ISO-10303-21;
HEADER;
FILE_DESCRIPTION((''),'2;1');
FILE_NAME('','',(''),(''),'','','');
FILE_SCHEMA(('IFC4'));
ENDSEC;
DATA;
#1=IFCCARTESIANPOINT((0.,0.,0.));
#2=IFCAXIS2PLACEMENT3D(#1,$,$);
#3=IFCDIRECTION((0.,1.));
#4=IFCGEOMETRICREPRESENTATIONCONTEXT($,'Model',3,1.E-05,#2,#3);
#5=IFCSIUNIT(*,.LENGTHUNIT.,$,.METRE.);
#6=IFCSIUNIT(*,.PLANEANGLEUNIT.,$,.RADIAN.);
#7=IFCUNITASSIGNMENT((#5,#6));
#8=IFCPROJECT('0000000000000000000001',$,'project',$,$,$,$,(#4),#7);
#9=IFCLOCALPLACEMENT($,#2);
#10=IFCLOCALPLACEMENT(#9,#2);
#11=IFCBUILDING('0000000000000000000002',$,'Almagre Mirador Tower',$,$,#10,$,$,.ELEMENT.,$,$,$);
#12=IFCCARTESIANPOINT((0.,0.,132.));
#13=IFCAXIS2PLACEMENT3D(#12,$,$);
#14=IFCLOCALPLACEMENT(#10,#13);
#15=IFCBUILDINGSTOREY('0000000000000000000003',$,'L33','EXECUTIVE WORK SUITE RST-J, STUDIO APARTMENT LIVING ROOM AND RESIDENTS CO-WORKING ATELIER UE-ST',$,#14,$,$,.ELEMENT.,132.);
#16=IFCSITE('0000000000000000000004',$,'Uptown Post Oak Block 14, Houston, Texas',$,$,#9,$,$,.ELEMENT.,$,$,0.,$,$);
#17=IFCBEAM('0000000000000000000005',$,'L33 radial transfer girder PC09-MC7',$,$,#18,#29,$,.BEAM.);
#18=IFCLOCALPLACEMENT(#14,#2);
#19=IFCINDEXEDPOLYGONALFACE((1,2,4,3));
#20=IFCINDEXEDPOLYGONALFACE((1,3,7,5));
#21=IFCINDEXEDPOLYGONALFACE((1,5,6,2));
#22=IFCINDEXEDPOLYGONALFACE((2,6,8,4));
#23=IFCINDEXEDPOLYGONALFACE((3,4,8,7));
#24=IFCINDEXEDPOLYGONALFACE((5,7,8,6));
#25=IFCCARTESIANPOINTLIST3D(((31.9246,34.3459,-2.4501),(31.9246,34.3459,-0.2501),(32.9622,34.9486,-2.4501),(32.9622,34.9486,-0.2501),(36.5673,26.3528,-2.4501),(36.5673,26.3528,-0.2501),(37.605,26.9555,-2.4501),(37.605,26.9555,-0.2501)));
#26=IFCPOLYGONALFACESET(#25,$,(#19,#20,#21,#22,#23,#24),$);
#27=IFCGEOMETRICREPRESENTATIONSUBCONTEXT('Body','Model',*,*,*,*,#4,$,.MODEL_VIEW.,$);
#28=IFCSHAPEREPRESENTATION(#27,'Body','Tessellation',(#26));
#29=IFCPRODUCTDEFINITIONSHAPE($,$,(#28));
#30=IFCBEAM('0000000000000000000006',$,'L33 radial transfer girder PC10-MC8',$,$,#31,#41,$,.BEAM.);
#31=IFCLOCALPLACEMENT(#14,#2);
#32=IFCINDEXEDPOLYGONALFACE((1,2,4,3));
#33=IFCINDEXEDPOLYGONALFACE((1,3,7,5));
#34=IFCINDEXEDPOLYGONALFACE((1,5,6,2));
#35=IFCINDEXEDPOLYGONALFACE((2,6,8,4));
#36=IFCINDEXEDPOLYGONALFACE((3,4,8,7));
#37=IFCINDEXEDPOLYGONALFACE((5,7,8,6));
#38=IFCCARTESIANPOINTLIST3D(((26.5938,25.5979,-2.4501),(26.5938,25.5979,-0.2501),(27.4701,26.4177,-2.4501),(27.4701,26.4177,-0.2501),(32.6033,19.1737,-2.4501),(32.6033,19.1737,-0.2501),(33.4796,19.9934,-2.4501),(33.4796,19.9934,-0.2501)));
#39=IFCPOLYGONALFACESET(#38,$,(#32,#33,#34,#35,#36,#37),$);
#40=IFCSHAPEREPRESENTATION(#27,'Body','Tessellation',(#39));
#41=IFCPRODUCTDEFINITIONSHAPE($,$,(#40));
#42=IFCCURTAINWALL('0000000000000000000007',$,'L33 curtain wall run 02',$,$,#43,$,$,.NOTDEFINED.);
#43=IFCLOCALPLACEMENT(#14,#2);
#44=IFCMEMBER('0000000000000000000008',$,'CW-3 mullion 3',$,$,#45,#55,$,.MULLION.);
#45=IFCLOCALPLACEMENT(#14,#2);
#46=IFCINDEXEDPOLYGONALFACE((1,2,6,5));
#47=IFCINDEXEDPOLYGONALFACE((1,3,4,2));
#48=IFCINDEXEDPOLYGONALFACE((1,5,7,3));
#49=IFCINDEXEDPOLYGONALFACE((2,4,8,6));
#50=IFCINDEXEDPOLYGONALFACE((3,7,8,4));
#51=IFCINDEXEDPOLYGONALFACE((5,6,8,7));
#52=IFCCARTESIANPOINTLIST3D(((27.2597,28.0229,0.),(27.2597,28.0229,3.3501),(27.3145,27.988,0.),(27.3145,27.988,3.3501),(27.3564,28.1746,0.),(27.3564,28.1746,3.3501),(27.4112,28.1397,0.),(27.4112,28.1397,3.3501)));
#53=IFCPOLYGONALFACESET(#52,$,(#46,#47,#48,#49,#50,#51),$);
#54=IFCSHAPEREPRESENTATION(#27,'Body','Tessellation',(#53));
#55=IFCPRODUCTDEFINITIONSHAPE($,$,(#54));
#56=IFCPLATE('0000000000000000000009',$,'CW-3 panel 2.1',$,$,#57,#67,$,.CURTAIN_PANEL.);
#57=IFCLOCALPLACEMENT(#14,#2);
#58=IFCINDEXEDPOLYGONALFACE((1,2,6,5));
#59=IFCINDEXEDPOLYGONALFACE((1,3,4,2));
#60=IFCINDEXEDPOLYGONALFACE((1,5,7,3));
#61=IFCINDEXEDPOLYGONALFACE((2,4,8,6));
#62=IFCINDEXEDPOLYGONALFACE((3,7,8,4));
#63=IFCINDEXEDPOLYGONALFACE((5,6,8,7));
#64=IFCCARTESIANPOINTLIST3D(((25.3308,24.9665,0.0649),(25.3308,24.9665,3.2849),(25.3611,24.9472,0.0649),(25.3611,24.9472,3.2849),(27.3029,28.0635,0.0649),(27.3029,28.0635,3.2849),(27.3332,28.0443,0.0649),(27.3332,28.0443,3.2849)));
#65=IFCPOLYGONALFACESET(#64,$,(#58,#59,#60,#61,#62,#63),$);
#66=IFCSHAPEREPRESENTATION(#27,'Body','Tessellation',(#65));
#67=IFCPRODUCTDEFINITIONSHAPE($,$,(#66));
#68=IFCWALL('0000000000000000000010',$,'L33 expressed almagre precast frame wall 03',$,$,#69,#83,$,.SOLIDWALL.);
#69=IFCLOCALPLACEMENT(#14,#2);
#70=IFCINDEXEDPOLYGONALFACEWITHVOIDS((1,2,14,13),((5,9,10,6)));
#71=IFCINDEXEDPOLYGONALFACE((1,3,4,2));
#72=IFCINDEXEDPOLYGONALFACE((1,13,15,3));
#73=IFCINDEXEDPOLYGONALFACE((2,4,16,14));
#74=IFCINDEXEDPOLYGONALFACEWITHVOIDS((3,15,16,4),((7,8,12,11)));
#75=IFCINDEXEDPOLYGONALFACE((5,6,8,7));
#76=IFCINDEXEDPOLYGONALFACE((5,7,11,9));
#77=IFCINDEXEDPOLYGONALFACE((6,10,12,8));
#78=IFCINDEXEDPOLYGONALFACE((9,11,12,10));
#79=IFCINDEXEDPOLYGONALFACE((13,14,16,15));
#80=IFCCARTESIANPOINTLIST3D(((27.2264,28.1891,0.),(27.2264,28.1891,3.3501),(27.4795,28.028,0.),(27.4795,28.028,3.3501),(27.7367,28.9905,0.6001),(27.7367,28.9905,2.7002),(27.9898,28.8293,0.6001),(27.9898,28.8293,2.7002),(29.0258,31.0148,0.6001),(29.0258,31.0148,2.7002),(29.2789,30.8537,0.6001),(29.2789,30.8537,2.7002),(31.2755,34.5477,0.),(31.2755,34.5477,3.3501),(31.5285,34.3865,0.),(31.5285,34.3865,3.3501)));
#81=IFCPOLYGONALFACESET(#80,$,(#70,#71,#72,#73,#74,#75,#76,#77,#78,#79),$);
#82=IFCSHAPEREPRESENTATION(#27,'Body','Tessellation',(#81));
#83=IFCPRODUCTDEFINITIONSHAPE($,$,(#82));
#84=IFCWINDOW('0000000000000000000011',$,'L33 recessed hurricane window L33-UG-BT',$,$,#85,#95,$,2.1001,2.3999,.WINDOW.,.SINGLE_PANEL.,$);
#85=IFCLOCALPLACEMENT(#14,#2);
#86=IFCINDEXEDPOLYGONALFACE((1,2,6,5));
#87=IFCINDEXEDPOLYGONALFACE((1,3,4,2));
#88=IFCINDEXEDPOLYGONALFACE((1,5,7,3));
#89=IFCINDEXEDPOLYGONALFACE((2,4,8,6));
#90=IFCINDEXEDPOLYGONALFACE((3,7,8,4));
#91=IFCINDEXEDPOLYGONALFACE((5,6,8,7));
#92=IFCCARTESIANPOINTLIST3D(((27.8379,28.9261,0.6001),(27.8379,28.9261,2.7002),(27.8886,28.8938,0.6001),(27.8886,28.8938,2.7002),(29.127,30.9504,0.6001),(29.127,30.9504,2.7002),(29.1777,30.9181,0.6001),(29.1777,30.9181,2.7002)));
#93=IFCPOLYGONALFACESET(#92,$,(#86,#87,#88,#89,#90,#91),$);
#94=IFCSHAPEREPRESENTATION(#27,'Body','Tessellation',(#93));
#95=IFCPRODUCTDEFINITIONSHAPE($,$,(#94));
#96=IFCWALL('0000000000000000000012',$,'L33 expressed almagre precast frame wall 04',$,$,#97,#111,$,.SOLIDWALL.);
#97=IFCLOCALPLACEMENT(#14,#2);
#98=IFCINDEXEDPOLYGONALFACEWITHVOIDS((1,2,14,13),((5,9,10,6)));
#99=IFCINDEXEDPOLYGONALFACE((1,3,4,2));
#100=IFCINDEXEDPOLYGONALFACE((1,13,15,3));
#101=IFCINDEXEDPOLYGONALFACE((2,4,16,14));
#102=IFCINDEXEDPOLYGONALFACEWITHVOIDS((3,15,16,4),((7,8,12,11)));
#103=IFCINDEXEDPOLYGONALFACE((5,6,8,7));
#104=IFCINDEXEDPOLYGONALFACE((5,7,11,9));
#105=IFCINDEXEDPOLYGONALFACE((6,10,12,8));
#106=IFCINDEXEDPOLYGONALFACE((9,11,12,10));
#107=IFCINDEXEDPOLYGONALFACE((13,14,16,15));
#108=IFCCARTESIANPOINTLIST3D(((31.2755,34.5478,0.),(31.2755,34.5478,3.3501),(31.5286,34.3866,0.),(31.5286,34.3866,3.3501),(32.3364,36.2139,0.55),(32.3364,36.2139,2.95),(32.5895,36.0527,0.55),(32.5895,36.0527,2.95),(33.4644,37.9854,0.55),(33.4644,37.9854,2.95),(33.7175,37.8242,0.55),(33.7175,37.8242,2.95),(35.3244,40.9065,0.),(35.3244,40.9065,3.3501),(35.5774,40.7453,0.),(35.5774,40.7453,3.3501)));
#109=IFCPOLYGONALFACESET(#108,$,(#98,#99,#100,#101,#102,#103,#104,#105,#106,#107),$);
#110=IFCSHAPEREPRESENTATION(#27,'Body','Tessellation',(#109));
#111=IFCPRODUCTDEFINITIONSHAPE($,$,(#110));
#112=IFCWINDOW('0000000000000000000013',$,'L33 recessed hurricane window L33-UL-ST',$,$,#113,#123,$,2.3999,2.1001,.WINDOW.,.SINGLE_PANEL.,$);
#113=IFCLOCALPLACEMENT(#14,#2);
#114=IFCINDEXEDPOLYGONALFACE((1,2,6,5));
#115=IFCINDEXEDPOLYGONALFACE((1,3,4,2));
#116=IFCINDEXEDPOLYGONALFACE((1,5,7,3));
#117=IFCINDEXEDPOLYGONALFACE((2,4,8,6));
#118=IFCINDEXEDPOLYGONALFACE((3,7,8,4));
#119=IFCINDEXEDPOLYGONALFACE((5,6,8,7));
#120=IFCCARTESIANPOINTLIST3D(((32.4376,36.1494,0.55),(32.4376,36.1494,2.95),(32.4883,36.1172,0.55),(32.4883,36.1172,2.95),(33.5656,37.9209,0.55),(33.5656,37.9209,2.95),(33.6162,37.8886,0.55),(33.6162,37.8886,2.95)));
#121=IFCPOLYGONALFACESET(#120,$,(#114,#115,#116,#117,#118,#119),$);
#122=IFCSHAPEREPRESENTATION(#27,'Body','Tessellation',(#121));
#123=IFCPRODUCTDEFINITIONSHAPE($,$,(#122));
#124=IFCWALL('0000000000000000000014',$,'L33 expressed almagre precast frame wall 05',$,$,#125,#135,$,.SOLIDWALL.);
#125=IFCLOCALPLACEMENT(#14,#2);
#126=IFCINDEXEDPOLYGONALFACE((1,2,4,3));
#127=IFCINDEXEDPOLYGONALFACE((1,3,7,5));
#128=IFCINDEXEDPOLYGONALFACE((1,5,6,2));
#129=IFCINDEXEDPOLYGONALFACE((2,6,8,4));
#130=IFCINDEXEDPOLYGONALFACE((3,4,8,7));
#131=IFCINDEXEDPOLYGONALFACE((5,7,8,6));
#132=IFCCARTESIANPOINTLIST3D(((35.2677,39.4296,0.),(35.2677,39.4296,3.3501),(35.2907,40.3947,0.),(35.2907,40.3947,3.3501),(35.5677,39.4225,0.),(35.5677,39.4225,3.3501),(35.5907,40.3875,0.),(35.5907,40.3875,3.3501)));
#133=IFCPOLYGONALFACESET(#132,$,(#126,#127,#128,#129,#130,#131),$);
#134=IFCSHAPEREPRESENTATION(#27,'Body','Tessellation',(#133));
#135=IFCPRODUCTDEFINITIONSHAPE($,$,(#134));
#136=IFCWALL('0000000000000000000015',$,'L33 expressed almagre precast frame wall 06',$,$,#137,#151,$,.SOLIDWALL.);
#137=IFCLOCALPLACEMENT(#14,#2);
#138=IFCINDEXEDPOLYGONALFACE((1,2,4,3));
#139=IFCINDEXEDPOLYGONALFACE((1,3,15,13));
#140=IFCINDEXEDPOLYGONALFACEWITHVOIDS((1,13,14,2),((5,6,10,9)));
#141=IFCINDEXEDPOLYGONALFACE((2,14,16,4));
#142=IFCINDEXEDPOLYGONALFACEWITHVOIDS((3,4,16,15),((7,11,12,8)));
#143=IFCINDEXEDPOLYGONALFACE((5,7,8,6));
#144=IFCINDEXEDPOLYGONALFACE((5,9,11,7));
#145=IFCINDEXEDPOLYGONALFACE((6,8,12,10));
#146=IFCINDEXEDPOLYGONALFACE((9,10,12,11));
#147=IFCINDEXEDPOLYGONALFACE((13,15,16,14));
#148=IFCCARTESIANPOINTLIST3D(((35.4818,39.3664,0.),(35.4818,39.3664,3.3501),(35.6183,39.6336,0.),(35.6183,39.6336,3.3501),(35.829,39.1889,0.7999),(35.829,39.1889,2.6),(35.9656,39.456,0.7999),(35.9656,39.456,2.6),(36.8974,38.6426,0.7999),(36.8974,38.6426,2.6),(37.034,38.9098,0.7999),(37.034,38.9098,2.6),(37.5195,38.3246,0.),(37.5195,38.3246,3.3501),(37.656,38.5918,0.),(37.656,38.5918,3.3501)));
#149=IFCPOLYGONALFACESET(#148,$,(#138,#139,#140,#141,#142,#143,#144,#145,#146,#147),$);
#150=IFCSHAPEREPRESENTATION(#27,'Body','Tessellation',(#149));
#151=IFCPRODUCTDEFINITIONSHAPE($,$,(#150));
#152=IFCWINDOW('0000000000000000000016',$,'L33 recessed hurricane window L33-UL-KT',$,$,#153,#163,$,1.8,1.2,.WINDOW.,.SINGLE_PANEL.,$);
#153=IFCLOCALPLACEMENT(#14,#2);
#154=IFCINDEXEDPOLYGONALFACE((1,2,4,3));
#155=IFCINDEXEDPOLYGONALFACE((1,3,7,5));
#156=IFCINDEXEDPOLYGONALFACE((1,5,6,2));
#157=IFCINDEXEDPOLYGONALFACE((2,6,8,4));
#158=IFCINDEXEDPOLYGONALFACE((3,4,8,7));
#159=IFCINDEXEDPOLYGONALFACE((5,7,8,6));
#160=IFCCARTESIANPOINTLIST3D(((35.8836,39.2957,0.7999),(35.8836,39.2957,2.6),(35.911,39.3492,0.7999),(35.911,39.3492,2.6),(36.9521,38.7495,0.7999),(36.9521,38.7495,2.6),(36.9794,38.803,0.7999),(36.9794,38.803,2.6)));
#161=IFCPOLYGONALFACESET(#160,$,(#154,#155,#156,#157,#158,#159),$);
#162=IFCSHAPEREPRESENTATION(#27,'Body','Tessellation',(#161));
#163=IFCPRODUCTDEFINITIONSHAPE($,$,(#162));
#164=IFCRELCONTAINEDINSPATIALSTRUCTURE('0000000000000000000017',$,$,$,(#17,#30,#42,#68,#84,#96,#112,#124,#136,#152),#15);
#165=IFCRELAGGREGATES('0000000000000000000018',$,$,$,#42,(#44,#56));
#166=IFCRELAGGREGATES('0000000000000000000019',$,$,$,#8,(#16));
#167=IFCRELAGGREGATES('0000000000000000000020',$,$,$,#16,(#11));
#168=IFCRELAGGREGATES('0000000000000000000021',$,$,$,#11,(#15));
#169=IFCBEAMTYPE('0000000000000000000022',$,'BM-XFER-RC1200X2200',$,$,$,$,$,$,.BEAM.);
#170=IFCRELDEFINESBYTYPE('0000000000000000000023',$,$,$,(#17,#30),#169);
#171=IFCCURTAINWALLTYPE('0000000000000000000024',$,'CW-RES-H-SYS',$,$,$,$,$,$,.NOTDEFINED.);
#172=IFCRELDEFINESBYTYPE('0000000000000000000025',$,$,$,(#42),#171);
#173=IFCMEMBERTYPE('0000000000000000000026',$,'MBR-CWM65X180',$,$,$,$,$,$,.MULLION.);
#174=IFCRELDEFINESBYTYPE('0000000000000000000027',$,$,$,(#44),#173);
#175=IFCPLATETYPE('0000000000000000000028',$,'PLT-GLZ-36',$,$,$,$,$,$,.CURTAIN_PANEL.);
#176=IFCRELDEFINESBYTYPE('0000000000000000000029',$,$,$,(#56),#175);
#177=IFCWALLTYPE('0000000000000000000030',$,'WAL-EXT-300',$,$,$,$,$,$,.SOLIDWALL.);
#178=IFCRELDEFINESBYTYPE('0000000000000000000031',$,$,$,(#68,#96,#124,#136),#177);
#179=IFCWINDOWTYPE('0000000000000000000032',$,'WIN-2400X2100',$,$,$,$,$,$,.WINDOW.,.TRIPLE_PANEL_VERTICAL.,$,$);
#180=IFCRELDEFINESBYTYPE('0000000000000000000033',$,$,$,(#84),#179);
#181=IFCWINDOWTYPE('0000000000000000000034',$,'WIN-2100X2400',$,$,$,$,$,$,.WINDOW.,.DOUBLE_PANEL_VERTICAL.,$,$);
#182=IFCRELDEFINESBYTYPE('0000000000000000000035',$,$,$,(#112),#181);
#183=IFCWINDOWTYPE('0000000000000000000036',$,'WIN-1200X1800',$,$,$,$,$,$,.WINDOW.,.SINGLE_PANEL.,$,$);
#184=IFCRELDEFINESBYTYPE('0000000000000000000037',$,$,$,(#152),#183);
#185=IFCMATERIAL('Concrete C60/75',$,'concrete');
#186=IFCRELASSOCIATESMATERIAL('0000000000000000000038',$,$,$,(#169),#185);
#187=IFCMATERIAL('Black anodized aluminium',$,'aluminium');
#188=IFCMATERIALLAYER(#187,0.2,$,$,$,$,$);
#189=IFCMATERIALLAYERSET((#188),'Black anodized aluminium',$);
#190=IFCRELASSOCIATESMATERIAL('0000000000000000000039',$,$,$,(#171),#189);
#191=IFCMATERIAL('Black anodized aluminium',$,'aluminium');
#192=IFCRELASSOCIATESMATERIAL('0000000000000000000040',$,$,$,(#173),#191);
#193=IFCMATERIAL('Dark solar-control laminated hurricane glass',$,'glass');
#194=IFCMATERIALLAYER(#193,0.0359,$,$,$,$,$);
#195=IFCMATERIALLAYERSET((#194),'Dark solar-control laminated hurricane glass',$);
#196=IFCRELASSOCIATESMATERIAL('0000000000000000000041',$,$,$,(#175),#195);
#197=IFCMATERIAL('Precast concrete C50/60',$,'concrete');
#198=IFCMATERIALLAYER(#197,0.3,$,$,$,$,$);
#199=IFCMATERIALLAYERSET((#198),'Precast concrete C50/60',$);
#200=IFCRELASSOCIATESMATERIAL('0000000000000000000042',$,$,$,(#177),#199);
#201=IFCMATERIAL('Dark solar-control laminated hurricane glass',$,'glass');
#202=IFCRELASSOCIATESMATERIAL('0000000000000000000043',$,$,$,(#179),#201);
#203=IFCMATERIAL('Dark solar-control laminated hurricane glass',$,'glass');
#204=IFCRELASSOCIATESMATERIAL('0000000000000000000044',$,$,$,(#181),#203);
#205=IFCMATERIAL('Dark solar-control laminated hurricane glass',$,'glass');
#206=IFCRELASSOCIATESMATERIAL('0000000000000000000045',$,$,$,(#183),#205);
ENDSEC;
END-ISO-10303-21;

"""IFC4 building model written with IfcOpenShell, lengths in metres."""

from ifc_helpers import new_model, si_unit, direction, frame, frame_2d, origin, origin_2d, place, context, subcontext, project, spatial, rectangle, extrude, material, layer, layer_set, material_profile, profile_set, type_object, element, fill, aggregate, save


model = new_model("IFC4")

# Units and contexts
model_context = context("Model", 3, precision=1e-05, world=origin(), true_north=direction((0.0, 1.0)))
body_context = subcontext(model_context, "Body", "Model", "MODEL_VIEW")
ifc_project = project(units=[si_unit("LENGTHUNIT", "METRE"), si_unit("PLANEANGLEUNIT", "RADIAN")], contexts=[model_context])

# Site, building, storey
site_placement = place(None, origin())
site = spatial("IfcSite", under=ifc_project, at=site_placement, Name="Uptown Post Oak Block 14, Houston, Texas", CompositionType="ELEMENT", RefElevation=0.0)
building_placement = place(site_placement, origin())
building = spatial("IfcBuilding", under=site, at=building_placement, Name="Almagre Mirador Tower", CompositionType="ELEMENT")
storey_placement = place(building_placement, frame((0.0, 0.0, 132.0)))
storey = spatial("IfcBuildingStorey", under=building, at=storey_placement, Name="L33", Description="EXECUTIVE WORK SUITE RST-J, STUDIO APARTMENT LIVING ROOM AND RESIDENTS CO-WORKING ATELIER UE-ST", CompositionType="ELEMENT", Elevation=132.0)

# Beams
ifc_material_1 = material(Name="Concrete C60/75", Category="concrete")
ifc_material_profile_1 = material_profile(ifc_material_1, rectangle(XDim=1.2, YDim=2.2, at=origin_2d()), Name="RC1200X2200")
ifc_profile_set_1 = profile_set([ifc_material_profile_1], Name="Concrete C60/75")
beam_type_1 = type_object("IfcBeamType", Name="BM-XFER-RC1200X2200", PredefinedType="BEAM", material=ifc_profile_set_1)
beam_1_placement = place(storey_placement, frame((32.4434, 34.6472, -1.3501), z_axis=(0.502267, -0.864712, 0.0), x_axis=(0.864712, 0.502267, 0.0)))
element("IfcBeam", 1, at=beam_1_placement, inside=storey, type_object=beam_type_1, Name="L33 radial transfer girder PC09-MC7", PredefinedType="BEAM", context=body_context, shape_type="SweptSolid", body=[
    extrude(rectangle(XDim=1.2, YDim=2.2, at=origin_2d()), origin(), (0.0, 0.0, 1.0), 9.2437),
])
beam_2_placement = place(storey_placement, frame((27.032, 26.0078, -1.3501), z_axis=(0.683138, -0.73029, 0.0), x_axis=(0.73029, 0.683138, 0.0)))
element("IfcBeam", 2, at=beam_2_placement, inside=storey, type_object=beam_type_1, Name="L33 radial transfer girder PC10-MC8", PredefinedType="BEAM", context=body_context, shape_type="SweptSolid", body=[
    extrude(rectangle(XDim=1.2, YDim=2.2, at=origin_2d()), origin(), (0.0, 0.0, 1.0), 8.7969),
])

# Curtain wall, member, plate
ifc_material_2 = material(Name="Black anodized aluminium", Category="aluminium")
ifc_layer_1 = layer(ifc_material_2, 0.2)
ifc_layer_set_1 = layer_set([ifc_layer_1], Name="Black anodized aluminium")
curtain_wall_type = type_object("IfcCurtainWallType", Name="CW-RES-H-SYS", PredefinedType="NOTDEFINED", material=ifc_layer_set_1)
curtain_wall_placement = place(storey_placement, origin())
curtain_wall = element("IfcCurtainWall", 3, at=curtain_wall_placement, inside=storey, type_object=curtain_wall_type, Name="L33 curtain wall run 02", PredefinedType="NOTDEFINED")
ifc_material_3 = material(Name="Black anodized aluminium", Category="aluminium")
ifc_material_profile_2 = material_profile(ifc_material_3, rectangle(XDim=0.0649, YDim=0.1799, at=origin_2d()), Name="CWM65X180")
ifc_profile_set_2 = profile_set([ifc_material_profile_2], Name="Black anodized aluminium")
member_type = type_object("IfcMemberType", Name="MBR-CWM65X180", PredefinedType="MULLION", material=ifc_profile_set_2)
member_placement = place(storey_placement, frame((27.3354, 28.0813, 0.0), z_axis=(0.0, 0.0, 1.0), x_axis=(-0.843508, 0.537117, 0.0)))
member = element("IfcMember", 4, at=member_placement, type_object=member_type, Name="CW-3 mullion 3", PredefinedType="MULLION", context=body_context, shape_type="SweptSolid", body=[
    extrude(rectangle(XDim=0.0649, YDim=0.1799, at=origin_2d()), origin(), (0.0, 0.0, 1.0), 3.3501),
])
ifc_material_4 = material(Name="Dark solar-control laminated hurricane glass", Category="glass")
ifc_layer_2 = layer(ifc_material_4, 0.0359)
ifc_layer_set_2 = layer_set([ifc_layer_2], Name="Dark solar-control laminated hurricane glass")
plate_type = type_object("IfcPlateType", Name="PLT-GLZ-36", PredefinedType="CURTAIN_PANEL", material=ifc_layer_set_2)
plate_placement = place(storey_placement, frame((26.332, 26.5054, 0.0649), z_axis=(0.0, 0.0, 1.0), x_axis=(0.537117, 0.843508, 0.0)))
plate = element("IfcPlate", 5, at=plate_placement, type_object=plate_type, Name="CW-3 panel 2.1", PredefinedType="CURTAIN_PANEL", context=body_context, shape_type="SweptSolid", body=[
    extrude(rectangle(XDim=3.6716, YDim=0.0359, at=origin_2d()), origin(), (0.0, 0.0, 1.0), 3.22),
])
aggregate(curtain_wall, [member, plate])

# Walls, openings, windows
ifc_material_5 = material(Name="Precast concrete C50/60", Category="concrete")
ifc_layer_3 = layer(ifc_material_5, 0.3)
ifc_layer_set_3 = layer_set([ifc_layer_3], Name="Precast concrete C50/60")
wall_type_1 = type_object("IfcWallType", Name="WAL-EXT-300", PredefinedType="SOLIDWALL", material=ifc_layer_set_3)
wall_1_placement = place(storey_placement, frame((27.353, 28.1086, 0.0), z_axis=(0.0, 0.0, 1.0), x_axis=(0.537127, 0.843501, 0.0)))
wall_1 = element("IfcWall", 6, at=wall_1_placement, inside=storey, type_object=wall_type_1, Name="L33 expressed almagre precast frame wall 03", PredefinedType="SOLIDWALL", context=body_context, shape_type="SweptSolid", body=[
    extrude(rectangle(XDim=7.5383, YDim=0.3, at=frame_2d((3.769, 0.0))), origin(), (0.0, 0.0, 1.0), 3.3501),
])
opening_1_placement = place(wall_1_placement, frame((0.95, 0.0, 0.6001)))
opening_1 = element("IfcOpeningElement", 7, at=opening_1_placement, cuts=wall_1, PredefinedType="OPENING", context=body_context, shape_type="SweptSolid", body=[
    extrude(rectangle(XDim=2.3999, YDim=2.1001, at=frame_2d((1.2, 1.05))), frame((0.0, 0.1599, 0.0), z_axis=(0.0, -1.0, 0.0), x_axis=(1.0, 0.0, 0.0)), (0.0, 0.0, 1.0), 0.32),
])
ifc_material_6 = material(Name="Dark solar-control laminated hurricane glass", Category="glass")
window_type_1 = type_object("IfcWindowType", Name="WIN-2400X2100", PartitioningType="TRIPLE_PANEL_VERTICAL", PredefinedType="WINDOW", material=ifc_material_6)
window_1_placement = place(opening_1_placement, origin())
window_1 = element("IfcWindow", 8, at=window_1_placement, inside=storey, type_object=window_type_1, Name="L33 recessed hurricane window L33-UG-BT", OverallHeight=2.1001, OverallWidth=2.3999, PartitioningType="SINGLE_PANEL", PredefinedType="WINDOW", context=body_context, shape_type="SweptSolid", body=[
    extrude(rectangle(XDim=2.3999, YDim=2.1001, at=frame_2d((1.2, 1.05))), frame((0.0, 0.03, 0.0), z_axis=(0.0, -1.0, 0.0), x_axis=(1.0, 0.0, 0.0)), (0.0, 0.0, 1.0), 0.0601),
])
fill(opening_1, window_1)
wall_2_placement = place(storey_placement, frame((31.4021, 34.4673, 0.0), z_axis=(0.0, 0.0, 1.0), x_axis=(0.537104, 0.843516, 0.0)))
wall_2 = element("IfcWall", 9, at=wall_2_placement, inside=storey, type_object=wall_type_1, Name="L33 expressed almagre precast frame wall 04", PredefinedType="SOLIDWALL", context=body_context, shape_type="SweptSolid", body=[
    extrude(rectangle(XDim=7.5383, YDim=0.3, at=frame_2d((3.769, 0.0))), origin(), (0.0, 0.0, 1.0), 3.3501),
])
opening_2_placement = place(wall_2_placement, frame((1.9751, 0.0, 0.55)))
opening_2 = element("IfcOpeningElement", 10, at=opening_2_placement, cuts=wall_2, PredefinedType="OPENING", context=body_context, shape_type="SweptSolid", body=[
    extrude(rectangle(XDim=2.1001, YDim=2.3999, at=frame_2d((1.05, 1.2))), frame((0.0, 0.1599, 0.0), z_axis=(0.0, -1.0, 0.0), x_axis=(1.0, 0.0, 0.0)), (0.0, 0.0, 1.0), 0.32),
])
ifc_material_7 = material(Name="Dark solar-control laminated hurricane glass", Category="glass")
window_type_2 = type_object("IfcWindowType", Name="WIN-2100X2400", PartitioningType="DOUBLE_PANEL_VERTICAL", PredefinedType="WINDOW", material=ifc_material_7)
window_2_placement = place(opening_2_placement, origin())
window_2 = element("IfcWindow", 11, at=window_2_placement, inside=storey, type_object=window_type_2, Name="L33 recessed hurricane window L33-UL-ST", OverallHeight=2.3999, OverallWidth=2.1001, PartitioningType="SINGLE_PANEL", PredefinedType="WINDOW", context=body_context, shape_type="SweptSolid", body=[
    extrude(rectangle(XDim=2.1001, YDim=2.3999, at=frame_2d((1.05, 1.2))), frame((0.0, 0.03, 0.0), z_axis=(0.0, -1.0, 0.0), x_axis=(1.0, 0.0, 0.0)), (0.0, 0.0, 1.0), 0.0601),
])
fill(opening_2, window_2)

# Wall
wall_3_placement = place(storey_placement, frame((35.4407, 40.3911, 0.0), z_axis=(0.0, 0.0, 1.0), x_axis=(-0.023773, -0.999717, 0.0)))
element("IfcWall", 12, at=wall_3_placement, inside=storey, type_object=wall_type_1, Name="L33 expressed almagre precast frame wall 05", PredefinedType="SOLIDWALL", context=body_context, shape_type="SweptSolid", body=[
    extrude(rectangle(XDim=0.9653, YDim=0.3, at=frame_2d((0.4827, 0.0))), origin(), (0.0, 0.0, 1.0), 3.3501),
])

# Wall, opening, window
wall_4_placement = place(storey_placement, frame((35.55, 39.5, 0.0), z_axis=(0.0, 0.0, 1.0), x_axis=(0.89038, -0.455218, 0.0)))
wall_4 = element("IfcWall", 13, at=wall_4_placement, inside=storey, type_object=wall_type_1, Name="L33 expressed almagre precast frame wall 06", PredefinedType="SOLIDWALL", context=body_context, shape_type="SweptSolid", body=[
    extrude(rectangle(XDim=2.2886, YDim=0.3, at=frame_2d((1.1443, 0.0))), origin(), (0.0, 0.0, 1.0), 3.3501),
])
opening_3_placement = place(wall_4_placement, frame((0.3899, 0.0, 0.8)))
opening_3 = element("IfcOpeningElement", 14, at=opening_3_placement, cuts=wall_4, PredefinedType="OPENING", context=body_context, shape_type="SweptSolid", body=[
    extrude(rectangle(XDim=1.2, YDim=1.8, at=frame_2d((0.6001, 0.8999))), frame((0.0, 0.1599, 0.0), z_axis=(0.0, -1.0, 0.0), x_axis=(1.0, 0.0, 0.0)), (0.0, 0.0, 1.0), 0.32),
])
ifc_material_8 = material(Name="Dark solar-control laminated hurricane glass", Category="glass")
window_type_3 = type_object("IfcWindowType", Name="WIN-1200X1800", PartitioningType="SINGLE_PANEL", PredefinedType="WINDOW", material=ifc_material_8)
window_3_placement = place(opening_3_placement, origin())
window_3 = element("IfcWindow", 15, at=window_3_placement, inside=storey, type_object=window_type_3, Name="L33 recessed hurricane window L33-UL-KT", OverallHeight=1.8, OverallWidth=1.2, PartitioningType="SINGLE_PANEL", PredefinedType="WINDOW", context=body_context, shape_type="SweptSolid", body=[
    extrude(rectangle(XDim=1.2, YDim=1.8, at=frame_2d((0.6001, 0.8999))), frame((0.0, 0.03, 0.0), z_axis=(0.0, -1.0, 0.0), x_axis=(1.0, 0.0, 0.0)), (0.0, 0.0, 1.0), 0.0601),
])
fill(opening_3, window_3)

save(model, "model.ifc")
